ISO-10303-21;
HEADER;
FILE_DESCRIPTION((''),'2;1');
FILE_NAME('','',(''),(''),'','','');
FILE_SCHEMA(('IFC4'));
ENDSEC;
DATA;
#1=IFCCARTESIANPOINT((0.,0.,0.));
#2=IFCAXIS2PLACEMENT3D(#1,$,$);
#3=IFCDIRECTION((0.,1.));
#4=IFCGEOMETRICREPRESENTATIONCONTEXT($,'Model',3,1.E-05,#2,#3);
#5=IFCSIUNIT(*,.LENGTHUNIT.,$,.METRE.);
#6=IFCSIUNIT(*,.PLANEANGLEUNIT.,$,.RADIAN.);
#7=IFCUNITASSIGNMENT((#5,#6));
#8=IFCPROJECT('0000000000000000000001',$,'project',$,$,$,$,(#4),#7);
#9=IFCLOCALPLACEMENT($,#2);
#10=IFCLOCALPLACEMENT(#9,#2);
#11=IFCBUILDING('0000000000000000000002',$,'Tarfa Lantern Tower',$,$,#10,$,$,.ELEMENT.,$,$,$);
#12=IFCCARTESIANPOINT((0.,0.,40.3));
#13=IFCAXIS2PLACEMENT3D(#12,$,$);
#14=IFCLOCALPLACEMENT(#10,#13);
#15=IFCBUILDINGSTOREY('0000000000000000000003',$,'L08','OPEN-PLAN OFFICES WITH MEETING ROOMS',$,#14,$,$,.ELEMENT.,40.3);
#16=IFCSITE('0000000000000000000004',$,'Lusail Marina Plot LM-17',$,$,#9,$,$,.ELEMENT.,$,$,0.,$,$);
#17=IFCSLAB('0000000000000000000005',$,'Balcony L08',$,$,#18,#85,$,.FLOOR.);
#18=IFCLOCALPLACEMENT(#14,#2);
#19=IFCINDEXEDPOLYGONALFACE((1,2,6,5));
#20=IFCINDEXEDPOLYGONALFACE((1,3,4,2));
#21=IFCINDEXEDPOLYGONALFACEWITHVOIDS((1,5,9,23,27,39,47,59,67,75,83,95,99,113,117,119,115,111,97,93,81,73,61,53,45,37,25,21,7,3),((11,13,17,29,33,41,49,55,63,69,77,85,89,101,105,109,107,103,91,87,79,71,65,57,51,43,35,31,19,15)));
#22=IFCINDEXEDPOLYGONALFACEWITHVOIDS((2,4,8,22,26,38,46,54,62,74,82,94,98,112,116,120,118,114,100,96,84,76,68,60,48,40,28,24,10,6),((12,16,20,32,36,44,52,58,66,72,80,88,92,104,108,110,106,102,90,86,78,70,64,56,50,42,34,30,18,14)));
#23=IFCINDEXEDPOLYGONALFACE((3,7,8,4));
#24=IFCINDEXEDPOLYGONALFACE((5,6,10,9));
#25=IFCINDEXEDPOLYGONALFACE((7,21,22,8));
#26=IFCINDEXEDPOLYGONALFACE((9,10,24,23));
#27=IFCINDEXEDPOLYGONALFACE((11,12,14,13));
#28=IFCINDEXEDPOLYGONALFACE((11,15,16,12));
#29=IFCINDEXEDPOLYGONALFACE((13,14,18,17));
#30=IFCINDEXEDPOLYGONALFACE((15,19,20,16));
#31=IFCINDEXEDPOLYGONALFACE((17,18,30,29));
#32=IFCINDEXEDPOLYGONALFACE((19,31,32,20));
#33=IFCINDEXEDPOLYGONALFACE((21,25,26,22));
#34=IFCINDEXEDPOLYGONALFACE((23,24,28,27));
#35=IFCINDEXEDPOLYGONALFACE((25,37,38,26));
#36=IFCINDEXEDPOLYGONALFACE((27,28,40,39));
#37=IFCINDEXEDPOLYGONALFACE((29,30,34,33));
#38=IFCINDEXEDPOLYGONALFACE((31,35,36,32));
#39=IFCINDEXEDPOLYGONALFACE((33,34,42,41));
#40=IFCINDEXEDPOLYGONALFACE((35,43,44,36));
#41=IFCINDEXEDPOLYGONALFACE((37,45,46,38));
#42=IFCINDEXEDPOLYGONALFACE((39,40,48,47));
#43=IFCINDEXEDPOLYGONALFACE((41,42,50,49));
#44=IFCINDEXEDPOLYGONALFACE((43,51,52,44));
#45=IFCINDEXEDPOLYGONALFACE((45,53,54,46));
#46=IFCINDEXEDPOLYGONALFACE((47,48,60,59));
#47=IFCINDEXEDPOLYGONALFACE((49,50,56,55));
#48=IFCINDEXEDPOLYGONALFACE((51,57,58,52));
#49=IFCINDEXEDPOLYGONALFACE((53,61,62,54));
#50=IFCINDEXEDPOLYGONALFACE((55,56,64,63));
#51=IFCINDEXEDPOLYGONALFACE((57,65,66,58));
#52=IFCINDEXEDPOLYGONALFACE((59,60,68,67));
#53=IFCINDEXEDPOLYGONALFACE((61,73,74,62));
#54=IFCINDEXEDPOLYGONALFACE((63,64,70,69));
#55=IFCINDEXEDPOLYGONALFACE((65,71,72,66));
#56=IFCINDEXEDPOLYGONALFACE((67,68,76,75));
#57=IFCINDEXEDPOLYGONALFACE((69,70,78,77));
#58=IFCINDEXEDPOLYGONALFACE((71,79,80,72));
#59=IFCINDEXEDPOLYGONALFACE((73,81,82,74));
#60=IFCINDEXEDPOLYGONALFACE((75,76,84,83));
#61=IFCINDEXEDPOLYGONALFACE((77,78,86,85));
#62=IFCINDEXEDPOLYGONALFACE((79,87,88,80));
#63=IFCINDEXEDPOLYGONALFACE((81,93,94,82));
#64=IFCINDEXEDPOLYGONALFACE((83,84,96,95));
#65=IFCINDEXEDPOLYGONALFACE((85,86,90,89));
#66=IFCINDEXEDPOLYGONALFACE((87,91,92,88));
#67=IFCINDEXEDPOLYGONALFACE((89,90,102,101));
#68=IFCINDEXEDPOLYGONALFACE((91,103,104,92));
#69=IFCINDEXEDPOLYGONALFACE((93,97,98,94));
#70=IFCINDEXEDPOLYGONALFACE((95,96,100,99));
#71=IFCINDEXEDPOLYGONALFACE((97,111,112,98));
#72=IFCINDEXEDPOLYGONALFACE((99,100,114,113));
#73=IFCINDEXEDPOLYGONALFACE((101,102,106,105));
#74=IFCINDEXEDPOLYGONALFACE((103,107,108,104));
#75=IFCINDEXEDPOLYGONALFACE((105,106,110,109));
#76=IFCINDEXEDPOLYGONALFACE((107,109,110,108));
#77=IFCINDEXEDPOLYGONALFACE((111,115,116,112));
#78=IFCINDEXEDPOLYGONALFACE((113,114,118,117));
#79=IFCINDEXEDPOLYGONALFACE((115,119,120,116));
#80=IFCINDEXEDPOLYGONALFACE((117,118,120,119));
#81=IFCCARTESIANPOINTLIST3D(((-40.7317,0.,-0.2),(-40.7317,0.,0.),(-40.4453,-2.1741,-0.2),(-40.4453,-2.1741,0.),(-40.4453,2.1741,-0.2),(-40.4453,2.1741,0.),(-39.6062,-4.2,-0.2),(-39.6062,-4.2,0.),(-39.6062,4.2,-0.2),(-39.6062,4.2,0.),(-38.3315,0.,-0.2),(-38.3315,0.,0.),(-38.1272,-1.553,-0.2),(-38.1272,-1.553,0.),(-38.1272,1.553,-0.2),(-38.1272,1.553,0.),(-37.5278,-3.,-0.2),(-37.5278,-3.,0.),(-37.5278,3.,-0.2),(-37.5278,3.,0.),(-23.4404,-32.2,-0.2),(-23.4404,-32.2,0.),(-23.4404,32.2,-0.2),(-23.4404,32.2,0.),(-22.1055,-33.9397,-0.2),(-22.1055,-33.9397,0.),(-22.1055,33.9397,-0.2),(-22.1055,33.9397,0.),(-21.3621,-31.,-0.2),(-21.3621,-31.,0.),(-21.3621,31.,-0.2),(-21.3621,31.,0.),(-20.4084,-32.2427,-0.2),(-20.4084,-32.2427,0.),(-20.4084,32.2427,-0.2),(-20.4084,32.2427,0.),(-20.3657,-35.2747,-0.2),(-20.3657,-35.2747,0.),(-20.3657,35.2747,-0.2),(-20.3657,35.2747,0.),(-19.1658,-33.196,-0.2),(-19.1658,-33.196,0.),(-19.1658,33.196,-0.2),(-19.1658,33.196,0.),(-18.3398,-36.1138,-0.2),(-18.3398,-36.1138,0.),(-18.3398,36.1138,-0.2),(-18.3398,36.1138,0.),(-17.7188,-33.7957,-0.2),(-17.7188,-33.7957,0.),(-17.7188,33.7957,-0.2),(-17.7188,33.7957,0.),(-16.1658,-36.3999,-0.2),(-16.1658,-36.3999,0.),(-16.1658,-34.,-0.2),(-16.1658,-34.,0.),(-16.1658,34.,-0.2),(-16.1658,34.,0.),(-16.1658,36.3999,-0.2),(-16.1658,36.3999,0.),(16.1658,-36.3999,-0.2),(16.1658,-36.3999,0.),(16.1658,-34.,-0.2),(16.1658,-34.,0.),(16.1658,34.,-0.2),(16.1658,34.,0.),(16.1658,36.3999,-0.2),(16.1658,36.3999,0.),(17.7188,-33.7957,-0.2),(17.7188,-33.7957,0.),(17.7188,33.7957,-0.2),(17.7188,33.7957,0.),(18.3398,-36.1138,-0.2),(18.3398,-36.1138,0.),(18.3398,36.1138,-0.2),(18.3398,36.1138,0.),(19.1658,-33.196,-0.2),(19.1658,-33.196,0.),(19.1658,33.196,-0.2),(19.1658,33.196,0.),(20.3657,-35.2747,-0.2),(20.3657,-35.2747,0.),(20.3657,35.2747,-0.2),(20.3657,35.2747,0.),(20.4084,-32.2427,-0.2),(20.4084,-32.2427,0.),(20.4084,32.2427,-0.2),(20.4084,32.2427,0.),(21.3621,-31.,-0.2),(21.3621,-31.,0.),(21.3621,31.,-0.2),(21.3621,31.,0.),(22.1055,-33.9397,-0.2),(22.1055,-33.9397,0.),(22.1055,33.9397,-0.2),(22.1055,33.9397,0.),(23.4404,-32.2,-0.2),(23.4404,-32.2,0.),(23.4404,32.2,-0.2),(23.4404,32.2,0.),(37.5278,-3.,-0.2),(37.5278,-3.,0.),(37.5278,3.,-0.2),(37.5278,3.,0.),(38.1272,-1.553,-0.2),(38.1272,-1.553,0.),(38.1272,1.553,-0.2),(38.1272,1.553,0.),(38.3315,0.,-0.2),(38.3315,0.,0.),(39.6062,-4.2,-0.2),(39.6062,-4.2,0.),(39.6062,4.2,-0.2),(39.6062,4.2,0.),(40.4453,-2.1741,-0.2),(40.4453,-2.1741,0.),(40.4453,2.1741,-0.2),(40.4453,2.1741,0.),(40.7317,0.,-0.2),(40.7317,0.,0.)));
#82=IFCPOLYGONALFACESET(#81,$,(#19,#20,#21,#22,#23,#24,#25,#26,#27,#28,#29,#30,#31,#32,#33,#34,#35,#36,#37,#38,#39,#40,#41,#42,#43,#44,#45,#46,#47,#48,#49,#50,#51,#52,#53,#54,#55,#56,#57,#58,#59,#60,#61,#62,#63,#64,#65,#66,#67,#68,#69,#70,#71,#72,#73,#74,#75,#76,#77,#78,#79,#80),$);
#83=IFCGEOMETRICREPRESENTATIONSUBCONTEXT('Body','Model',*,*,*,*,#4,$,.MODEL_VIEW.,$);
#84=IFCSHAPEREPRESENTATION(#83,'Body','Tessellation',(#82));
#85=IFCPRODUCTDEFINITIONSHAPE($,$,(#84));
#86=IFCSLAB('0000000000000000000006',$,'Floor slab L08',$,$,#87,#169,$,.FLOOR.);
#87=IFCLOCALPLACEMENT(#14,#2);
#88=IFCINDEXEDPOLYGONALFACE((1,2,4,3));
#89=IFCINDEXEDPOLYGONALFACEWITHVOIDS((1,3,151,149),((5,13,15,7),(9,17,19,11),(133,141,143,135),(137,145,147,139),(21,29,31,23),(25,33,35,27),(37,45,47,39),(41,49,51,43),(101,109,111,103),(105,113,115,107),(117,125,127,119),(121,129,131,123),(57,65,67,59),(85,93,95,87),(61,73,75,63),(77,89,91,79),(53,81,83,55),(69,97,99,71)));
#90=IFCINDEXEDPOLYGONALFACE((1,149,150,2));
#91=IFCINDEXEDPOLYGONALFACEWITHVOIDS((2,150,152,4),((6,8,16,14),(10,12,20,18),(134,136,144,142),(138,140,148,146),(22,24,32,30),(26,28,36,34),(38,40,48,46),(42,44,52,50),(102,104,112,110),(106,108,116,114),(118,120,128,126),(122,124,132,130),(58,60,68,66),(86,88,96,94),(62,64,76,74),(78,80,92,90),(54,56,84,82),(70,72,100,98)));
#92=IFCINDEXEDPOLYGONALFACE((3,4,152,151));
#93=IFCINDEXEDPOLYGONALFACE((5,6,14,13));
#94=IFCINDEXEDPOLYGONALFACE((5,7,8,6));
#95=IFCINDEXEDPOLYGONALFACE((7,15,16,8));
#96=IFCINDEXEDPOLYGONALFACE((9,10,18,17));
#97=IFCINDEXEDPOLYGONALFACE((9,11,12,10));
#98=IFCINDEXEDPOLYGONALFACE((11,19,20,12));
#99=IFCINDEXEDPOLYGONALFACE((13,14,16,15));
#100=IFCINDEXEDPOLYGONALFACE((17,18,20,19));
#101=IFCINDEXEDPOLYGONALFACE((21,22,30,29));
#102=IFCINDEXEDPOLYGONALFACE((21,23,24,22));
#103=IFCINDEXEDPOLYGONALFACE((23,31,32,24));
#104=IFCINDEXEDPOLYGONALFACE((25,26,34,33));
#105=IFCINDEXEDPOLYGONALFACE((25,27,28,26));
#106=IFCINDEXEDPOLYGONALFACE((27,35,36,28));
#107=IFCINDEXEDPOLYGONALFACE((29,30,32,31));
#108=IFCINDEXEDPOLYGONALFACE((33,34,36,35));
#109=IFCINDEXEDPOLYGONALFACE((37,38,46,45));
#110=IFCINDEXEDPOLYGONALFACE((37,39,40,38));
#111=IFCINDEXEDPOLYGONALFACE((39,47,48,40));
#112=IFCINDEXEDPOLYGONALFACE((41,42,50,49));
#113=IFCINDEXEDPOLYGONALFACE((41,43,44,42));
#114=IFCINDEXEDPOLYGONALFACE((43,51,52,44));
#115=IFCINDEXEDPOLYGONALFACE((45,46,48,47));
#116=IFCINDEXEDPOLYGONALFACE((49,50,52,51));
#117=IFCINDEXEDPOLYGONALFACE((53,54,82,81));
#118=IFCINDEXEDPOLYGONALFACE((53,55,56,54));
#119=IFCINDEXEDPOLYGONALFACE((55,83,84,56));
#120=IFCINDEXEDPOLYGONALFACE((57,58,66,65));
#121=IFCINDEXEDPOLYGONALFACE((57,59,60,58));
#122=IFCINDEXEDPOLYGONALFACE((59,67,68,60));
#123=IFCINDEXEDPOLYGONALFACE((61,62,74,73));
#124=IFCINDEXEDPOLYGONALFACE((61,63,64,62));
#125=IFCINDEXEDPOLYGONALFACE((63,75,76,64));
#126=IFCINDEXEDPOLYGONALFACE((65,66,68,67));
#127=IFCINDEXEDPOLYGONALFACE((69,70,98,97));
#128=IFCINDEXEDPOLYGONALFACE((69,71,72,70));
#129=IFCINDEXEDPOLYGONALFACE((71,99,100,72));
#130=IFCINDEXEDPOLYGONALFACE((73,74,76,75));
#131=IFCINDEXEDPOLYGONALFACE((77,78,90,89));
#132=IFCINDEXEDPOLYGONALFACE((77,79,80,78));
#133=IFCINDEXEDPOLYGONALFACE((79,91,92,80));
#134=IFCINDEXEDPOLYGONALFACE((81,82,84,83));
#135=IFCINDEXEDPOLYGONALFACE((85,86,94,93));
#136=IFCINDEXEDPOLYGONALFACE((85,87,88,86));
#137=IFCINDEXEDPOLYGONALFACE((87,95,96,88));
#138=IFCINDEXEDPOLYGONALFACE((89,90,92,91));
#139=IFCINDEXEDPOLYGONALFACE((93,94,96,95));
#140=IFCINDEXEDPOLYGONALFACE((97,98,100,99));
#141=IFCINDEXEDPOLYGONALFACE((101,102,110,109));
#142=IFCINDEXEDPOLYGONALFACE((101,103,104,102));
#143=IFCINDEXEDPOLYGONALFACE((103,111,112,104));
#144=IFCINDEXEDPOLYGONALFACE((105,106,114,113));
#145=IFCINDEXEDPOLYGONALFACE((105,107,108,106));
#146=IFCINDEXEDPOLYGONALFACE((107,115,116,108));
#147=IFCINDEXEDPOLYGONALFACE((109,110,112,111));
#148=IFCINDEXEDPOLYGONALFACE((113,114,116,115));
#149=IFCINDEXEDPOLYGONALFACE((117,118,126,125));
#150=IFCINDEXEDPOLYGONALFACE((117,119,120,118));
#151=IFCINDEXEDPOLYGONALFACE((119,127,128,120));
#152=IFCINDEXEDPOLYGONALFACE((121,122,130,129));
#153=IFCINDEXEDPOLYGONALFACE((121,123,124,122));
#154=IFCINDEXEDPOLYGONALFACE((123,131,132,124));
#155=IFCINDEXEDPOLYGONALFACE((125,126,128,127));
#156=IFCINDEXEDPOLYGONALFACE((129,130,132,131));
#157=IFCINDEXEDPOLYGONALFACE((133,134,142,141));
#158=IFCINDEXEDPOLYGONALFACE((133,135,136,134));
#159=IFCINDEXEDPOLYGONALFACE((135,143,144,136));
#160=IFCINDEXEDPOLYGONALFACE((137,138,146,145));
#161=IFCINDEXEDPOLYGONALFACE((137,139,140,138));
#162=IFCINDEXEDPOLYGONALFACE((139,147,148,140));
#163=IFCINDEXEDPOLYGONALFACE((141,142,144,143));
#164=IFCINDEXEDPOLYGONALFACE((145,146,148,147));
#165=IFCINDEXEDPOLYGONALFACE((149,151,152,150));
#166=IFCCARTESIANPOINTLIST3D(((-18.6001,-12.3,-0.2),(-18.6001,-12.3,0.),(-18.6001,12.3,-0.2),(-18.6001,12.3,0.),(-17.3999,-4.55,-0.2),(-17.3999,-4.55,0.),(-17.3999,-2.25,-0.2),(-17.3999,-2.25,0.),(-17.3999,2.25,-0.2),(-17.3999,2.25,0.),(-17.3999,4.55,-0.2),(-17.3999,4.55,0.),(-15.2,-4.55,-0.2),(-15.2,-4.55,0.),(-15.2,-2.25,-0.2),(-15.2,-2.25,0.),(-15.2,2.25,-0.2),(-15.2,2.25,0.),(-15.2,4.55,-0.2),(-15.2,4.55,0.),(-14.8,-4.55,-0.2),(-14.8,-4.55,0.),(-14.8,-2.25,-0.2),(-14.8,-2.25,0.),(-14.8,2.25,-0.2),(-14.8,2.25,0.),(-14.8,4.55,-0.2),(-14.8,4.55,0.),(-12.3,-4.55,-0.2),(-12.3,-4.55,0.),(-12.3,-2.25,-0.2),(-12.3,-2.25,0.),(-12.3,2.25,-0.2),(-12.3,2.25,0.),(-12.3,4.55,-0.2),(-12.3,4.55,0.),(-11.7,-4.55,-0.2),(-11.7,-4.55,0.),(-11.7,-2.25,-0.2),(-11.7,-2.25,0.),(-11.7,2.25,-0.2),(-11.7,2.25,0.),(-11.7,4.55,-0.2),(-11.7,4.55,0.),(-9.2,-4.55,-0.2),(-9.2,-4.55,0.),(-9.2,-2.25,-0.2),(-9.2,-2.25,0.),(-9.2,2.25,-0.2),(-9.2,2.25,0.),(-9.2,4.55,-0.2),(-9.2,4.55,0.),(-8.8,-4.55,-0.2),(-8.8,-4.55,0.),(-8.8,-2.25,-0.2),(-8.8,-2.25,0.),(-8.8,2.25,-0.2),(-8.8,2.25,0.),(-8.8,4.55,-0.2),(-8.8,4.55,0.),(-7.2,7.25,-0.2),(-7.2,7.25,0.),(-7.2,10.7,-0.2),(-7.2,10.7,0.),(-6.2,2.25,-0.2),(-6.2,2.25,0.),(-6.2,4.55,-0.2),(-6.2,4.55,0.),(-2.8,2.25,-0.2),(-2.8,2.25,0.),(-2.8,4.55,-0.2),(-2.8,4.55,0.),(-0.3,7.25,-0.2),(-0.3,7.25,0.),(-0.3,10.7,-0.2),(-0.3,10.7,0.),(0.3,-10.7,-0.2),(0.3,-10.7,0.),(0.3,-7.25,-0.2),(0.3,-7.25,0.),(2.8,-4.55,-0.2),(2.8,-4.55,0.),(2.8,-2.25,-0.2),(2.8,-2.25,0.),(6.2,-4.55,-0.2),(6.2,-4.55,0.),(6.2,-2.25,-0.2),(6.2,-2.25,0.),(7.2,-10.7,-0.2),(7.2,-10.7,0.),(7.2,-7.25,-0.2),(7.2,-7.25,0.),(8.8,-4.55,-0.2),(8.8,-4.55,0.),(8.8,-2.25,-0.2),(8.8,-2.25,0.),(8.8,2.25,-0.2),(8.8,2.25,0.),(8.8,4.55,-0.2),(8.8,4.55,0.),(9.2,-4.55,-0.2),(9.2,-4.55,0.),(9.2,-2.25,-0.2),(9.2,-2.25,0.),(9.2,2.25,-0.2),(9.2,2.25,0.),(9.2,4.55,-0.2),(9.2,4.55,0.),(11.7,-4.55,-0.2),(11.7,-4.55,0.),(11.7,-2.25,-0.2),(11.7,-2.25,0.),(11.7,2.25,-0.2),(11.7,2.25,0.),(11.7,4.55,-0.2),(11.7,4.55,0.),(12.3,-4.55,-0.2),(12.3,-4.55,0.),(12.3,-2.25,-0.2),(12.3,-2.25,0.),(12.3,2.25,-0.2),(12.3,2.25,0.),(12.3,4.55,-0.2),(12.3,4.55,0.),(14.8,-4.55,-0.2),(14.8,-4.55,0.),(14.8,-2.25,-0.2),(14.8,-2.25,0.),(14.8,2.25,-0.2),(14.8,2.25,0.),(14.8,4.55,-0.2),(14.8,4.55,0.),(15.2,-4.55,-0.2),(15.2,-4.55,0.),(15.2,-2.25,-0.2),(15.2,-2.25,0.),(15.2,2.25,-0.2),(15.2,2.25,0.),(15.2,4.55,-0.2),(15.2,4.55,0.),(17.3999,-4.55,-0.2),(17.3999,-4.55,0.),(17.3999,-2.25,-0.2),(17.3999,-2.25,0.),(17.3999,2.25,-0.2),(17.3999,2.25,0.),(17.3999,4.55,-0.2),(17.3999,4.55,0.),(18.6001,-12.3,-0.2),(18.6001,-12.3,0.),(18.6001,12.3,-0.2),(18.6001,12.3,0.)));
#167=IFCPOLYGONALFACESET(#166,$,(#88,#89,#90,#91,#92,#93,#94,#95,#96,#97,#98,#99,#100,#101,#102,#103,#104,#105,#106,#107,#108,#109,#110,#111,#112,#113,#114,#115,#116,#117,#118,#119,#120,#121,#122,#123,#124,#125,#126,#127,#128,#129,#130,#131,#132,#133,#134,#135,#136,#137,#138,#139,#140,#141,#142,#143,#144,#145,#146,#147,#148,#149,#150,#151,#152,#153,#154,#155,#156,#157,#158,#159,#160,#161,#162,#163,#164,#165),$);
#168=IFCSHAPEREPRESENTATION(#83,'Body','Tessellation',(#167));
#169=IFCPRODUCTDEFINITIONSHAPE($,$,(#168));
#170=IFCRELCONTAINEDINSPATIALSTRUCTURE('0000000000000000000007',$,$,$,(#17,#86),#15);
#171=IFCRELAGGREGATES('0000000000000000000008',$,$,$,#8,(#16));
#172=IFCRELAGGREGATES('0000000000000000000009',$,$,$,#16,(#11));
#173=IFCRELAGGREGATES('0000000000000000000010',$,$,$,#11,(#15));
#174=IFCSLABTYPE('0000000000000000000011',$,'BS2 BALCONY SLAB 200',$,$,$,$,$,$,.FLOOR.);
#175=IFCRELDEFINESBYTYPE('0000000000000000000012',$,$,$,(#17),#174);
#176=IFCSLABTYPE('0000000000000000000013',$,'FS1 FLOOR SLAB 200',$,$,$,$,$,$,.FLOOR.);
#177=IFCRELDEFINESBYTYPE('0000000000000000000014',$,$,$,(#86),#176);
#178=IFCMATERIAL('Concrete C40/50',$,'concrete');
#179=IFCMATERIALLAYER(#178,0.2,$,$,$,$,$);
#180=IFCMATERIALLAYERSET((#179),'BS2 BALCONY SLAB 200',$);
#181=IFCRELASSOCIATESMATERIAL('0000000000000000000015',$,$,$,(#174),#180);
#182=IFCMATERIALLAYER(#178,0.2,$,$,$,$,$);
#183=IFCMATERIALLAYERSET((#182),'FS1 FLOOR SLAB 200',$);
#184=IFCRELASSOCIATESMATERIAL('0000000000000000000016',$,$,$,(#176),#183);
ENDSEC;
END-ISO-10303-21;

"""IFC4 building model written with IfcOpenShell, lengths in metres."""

from ifc_helpers import new_model, si_unit, direction, frame, origin, place, context, subcontext, project, spatial, polyline, outline, extrude, material, layer, layer_set, type_object, element, save


model = new_model("IFC4")

# Units and contexts
model_context = context("Model", 3, precision=1e-05, world=origin(), true_north=direction((0.0, 1.0)))
body_context = subcontext(model_context, "Body", "Model", "MODEL_VIEW")
ifc_project = project(units=[si_unit("LENGTHUNIT", "METRE"), si_unit("PLANEANGLEUNIT", "RADIAN")], contexts=[model_context])

# Site, building, storey
site_placement = place(None, origin())
site = spatial("IfcSite", under=ifc_project, at=site_placement, Name="Lusail Marina Plot LM-17", CompositionType="ELEMENT", RefElevation=0.0)
building_placement = place(site_placement, origin())
building = spatial("IfcBuilding", under=site, at=building_placement, Name="Tarfa Lantern Tower", CompositionType="ELEMENT")
storey_placement = place(building_placement, frame((0.0, 0.0, 40.3)))
storey = spatial("IfcBuildingStorey", under=building, at=storey_placement, Name="L08", Description="OPEN-PLAN OFFICES WITH MEETING ROOMS", CompositionType="ELEMENT", Elevation=40.3)

# Slabs
ifc_material_1 = material(Name="Concrete C40/50", Category="concrete")
ifc_layer_1 = layer(ifc_material_1, 0.2)
ifc_layer_set_1 = layer_set([ifc_layer_1], Name="BS2 BALCONY SLAB 200")
slab_type_1 = type_object("IfcSlabType", Name="BS2 BALCONY SLAB 200", PredefinedType="FLOOR", material=ifc_layer_set_1)
slab_1_placement = place(storey_placement, frame((0.0, 0.0, -0.2)))
element("IfcSlab", 1, at=slab_1_placement, inside=storey, type_object=slab_type_1, Name="Balcony L08", PredefinedType="FLOOR", context=body_context, shape_type="SweptSolid", body=[
    extrude(outline(polyline([(39.6062, 4.2), (23.4404, 32.2), (22.1055, 33.9397), (20.3657, 35.2747), (18.3398, 36.1138), (16.1658, 36.3999), (-16.1658, 36.3999), (-18.3398, 36.1138), (-20.3657, 35.2747), (-22.1055, 33.9397), (-23.4404, 32.2), (-39.6062, 4.2), (-40.4453, 2.1741), (-40.7317, 0.0), (-40.4453, -2.1741), (-39.6062, -4.2), (-23.4404, -32.2), (-22.1055, -33.9397), (-20.3657, -35.2747), (-18.3398, -36.1138), (-16.1658, -36.3999), (16.1658, -36.3999), (18.3398, -36.1138), (20.3657, -35.2747), (22.1055, -33.9397), (23.4404, -32.2), (39.6062, -4.2), (40.4453, -2.1741), (40.7317, 0.0), (40.4453, 2.1741), (39.6062, 4.2)]), holes=[polyline([(37.5278, 3.0), (21.3621, 31.0), (20.4084, 32.2427), (19.1658, 33.196), (17.7188, 33.7957), (16.1658, 34.0), (-16.1658, 34.0), (-17.7188, 33.7957), (-19.1658, 33.196), (-20.4084, 32.2427), (-21.3621, 31.0), (-37.5278, 3.0), (-38.1272, 1.553), (-38.3315, 0.0), (-38.1272, -1.553), (-37.5278, -3.0), (-21.3621, -31.0), (-20.4084, -32.2427), (-19.1658, -33.196), (-17.7188, -33.7957), (-16.1658, -34.0), (16.1658, -34.0), (17.7188, -33.7957), (19.1658, -33.196), (20.4084, -32.2427), (21.3621, -31.0), (37.5278, -3.0), (38.1272, -1.553), (38.3315, 0.0), (38.1272, 1.553), (37.5278, 3.0)])]), origin(), (0.0, 0.0, 1.0), 0.2),
])
ifc_layer_2 = layer(ifc_material_1, 0.2)
ifc_layer_set_2 = layer_set([ifc_layer_2], Name="FS1 FLOOR SLAB 200")
slab_type_2 = type_object("IfcSlabType", Name="FS1 FLOOR SLAB 200", PredefinedType="FLOOR", material=ifc_layer_set_2)
slab_2_placement = place(storey_placement, frame((0.0, 0.0, -0.2)))
element("IfcSlab", 2, at=slab_2_placement, inside=storey, type_object=slab_type_2, Name="Floor slab L08", PredefinedType="FLOOR", context=body_context, shape_type="SweptSolid", body=[
    extrude(outline(polyline([(-18.6001, -12.3), (18.6001, -12.3), (18.6001, 12.3), (-18.6001, 12.3), (-18.6001, -12.3)]), holes=[polyline([(-17.3999, 2.25), (-15.2, 2.25), (-15.2, 4.55), (-17.3999, 4.55), (-17.3999, 2.25)]), polyline([(-14.8, 2.25), (-12.3, 2.25), (-12.3, 4.55), (-14.8, 4.55), (-14.8, 2.25)]), polyline([(-11.7, 2.25), (-9.2, 2.25), (-9.2, 4.55), (-11.7, 4.55), (-11.7, 2.25)]), polyline([(-8.8, 2.25), (-6.2, 2.25), (-6.2, 4.55), (-8.8, 4.55), (-8.8, 2.25)]), polyline([(-2.8, 2.25), (8.8, 2.25), (8.8, 4.55), (-2.8, 4.55), (-2.8, 2.25)]), polyline([(9.2, 2.25), (11.7, 2.25), (11.7, 4.55), (9.2, 4.55), (9.2, 2.25)]), polyline([(12.3, 2.25), (14.8, 2.25), (14.8, 4.55), (12.3, 4.55), (12.3, 2.25)]), polyline([(15.2, 2.25), (17.3999, 2.25), (17.3999, 4.55), (15.2, 4.55), (15.2, 2.25)]), polyline([(17.3999, -2.25), (15.2, -2.25), (15.2, -4.55), (17.3999, -4.55), (17.3999, -2.25)]), polyline([(14.8, -2.25), (12.3, -2.25), (12.3, -4.55), (14.8, -4.55), (14.8, -2.25)]), polyline([(11.7, -2.25), (9.2, -2.25), (9.2, -4.55), (11.7, -4.55), (11.7, -2.25)]), polyline([(8.8, -2.25), (6.2, -2.25), (6.2, -4.55), (8.8, -4.55), (8.8, -2.25)]), polyline([(2.8, -2.25), (-8.8, -2.25), (-8.8, -4.55), (2.8, -4.55), (2.8, -2.25)]), polyline([(-9.2, -2.25), (-11.7, -2.25), (-11.7, -4.55), (-9.2, -4.55), (-9.2, -2.25)]), polyline([(-12.3, -2.25), (-14.8, -2.25), (-14.8, -4.55), (-12.3, -4.55), (-12.3, -2.25)]), polyline([(-15.2, -2.25), (-17.3999, -2.25), (-17.3999, -4.55), (-15.2, -4.55), (-15.2, -2.25)]), polyline([(-7.2, 7.25), (-0.3, 7.25), (-0.3, 10.7), (-7.2, 10.7), (-7.2, 7.25)]), polyline([(7.2, -7.25), (0.3, -7.25), (0.3, -10.7), (7.2, -10.7), (7.2, -7.25)])]), origin(), (0.0, 0.0, 1.0), 0.2),
])

save(model, "model.ifc")
